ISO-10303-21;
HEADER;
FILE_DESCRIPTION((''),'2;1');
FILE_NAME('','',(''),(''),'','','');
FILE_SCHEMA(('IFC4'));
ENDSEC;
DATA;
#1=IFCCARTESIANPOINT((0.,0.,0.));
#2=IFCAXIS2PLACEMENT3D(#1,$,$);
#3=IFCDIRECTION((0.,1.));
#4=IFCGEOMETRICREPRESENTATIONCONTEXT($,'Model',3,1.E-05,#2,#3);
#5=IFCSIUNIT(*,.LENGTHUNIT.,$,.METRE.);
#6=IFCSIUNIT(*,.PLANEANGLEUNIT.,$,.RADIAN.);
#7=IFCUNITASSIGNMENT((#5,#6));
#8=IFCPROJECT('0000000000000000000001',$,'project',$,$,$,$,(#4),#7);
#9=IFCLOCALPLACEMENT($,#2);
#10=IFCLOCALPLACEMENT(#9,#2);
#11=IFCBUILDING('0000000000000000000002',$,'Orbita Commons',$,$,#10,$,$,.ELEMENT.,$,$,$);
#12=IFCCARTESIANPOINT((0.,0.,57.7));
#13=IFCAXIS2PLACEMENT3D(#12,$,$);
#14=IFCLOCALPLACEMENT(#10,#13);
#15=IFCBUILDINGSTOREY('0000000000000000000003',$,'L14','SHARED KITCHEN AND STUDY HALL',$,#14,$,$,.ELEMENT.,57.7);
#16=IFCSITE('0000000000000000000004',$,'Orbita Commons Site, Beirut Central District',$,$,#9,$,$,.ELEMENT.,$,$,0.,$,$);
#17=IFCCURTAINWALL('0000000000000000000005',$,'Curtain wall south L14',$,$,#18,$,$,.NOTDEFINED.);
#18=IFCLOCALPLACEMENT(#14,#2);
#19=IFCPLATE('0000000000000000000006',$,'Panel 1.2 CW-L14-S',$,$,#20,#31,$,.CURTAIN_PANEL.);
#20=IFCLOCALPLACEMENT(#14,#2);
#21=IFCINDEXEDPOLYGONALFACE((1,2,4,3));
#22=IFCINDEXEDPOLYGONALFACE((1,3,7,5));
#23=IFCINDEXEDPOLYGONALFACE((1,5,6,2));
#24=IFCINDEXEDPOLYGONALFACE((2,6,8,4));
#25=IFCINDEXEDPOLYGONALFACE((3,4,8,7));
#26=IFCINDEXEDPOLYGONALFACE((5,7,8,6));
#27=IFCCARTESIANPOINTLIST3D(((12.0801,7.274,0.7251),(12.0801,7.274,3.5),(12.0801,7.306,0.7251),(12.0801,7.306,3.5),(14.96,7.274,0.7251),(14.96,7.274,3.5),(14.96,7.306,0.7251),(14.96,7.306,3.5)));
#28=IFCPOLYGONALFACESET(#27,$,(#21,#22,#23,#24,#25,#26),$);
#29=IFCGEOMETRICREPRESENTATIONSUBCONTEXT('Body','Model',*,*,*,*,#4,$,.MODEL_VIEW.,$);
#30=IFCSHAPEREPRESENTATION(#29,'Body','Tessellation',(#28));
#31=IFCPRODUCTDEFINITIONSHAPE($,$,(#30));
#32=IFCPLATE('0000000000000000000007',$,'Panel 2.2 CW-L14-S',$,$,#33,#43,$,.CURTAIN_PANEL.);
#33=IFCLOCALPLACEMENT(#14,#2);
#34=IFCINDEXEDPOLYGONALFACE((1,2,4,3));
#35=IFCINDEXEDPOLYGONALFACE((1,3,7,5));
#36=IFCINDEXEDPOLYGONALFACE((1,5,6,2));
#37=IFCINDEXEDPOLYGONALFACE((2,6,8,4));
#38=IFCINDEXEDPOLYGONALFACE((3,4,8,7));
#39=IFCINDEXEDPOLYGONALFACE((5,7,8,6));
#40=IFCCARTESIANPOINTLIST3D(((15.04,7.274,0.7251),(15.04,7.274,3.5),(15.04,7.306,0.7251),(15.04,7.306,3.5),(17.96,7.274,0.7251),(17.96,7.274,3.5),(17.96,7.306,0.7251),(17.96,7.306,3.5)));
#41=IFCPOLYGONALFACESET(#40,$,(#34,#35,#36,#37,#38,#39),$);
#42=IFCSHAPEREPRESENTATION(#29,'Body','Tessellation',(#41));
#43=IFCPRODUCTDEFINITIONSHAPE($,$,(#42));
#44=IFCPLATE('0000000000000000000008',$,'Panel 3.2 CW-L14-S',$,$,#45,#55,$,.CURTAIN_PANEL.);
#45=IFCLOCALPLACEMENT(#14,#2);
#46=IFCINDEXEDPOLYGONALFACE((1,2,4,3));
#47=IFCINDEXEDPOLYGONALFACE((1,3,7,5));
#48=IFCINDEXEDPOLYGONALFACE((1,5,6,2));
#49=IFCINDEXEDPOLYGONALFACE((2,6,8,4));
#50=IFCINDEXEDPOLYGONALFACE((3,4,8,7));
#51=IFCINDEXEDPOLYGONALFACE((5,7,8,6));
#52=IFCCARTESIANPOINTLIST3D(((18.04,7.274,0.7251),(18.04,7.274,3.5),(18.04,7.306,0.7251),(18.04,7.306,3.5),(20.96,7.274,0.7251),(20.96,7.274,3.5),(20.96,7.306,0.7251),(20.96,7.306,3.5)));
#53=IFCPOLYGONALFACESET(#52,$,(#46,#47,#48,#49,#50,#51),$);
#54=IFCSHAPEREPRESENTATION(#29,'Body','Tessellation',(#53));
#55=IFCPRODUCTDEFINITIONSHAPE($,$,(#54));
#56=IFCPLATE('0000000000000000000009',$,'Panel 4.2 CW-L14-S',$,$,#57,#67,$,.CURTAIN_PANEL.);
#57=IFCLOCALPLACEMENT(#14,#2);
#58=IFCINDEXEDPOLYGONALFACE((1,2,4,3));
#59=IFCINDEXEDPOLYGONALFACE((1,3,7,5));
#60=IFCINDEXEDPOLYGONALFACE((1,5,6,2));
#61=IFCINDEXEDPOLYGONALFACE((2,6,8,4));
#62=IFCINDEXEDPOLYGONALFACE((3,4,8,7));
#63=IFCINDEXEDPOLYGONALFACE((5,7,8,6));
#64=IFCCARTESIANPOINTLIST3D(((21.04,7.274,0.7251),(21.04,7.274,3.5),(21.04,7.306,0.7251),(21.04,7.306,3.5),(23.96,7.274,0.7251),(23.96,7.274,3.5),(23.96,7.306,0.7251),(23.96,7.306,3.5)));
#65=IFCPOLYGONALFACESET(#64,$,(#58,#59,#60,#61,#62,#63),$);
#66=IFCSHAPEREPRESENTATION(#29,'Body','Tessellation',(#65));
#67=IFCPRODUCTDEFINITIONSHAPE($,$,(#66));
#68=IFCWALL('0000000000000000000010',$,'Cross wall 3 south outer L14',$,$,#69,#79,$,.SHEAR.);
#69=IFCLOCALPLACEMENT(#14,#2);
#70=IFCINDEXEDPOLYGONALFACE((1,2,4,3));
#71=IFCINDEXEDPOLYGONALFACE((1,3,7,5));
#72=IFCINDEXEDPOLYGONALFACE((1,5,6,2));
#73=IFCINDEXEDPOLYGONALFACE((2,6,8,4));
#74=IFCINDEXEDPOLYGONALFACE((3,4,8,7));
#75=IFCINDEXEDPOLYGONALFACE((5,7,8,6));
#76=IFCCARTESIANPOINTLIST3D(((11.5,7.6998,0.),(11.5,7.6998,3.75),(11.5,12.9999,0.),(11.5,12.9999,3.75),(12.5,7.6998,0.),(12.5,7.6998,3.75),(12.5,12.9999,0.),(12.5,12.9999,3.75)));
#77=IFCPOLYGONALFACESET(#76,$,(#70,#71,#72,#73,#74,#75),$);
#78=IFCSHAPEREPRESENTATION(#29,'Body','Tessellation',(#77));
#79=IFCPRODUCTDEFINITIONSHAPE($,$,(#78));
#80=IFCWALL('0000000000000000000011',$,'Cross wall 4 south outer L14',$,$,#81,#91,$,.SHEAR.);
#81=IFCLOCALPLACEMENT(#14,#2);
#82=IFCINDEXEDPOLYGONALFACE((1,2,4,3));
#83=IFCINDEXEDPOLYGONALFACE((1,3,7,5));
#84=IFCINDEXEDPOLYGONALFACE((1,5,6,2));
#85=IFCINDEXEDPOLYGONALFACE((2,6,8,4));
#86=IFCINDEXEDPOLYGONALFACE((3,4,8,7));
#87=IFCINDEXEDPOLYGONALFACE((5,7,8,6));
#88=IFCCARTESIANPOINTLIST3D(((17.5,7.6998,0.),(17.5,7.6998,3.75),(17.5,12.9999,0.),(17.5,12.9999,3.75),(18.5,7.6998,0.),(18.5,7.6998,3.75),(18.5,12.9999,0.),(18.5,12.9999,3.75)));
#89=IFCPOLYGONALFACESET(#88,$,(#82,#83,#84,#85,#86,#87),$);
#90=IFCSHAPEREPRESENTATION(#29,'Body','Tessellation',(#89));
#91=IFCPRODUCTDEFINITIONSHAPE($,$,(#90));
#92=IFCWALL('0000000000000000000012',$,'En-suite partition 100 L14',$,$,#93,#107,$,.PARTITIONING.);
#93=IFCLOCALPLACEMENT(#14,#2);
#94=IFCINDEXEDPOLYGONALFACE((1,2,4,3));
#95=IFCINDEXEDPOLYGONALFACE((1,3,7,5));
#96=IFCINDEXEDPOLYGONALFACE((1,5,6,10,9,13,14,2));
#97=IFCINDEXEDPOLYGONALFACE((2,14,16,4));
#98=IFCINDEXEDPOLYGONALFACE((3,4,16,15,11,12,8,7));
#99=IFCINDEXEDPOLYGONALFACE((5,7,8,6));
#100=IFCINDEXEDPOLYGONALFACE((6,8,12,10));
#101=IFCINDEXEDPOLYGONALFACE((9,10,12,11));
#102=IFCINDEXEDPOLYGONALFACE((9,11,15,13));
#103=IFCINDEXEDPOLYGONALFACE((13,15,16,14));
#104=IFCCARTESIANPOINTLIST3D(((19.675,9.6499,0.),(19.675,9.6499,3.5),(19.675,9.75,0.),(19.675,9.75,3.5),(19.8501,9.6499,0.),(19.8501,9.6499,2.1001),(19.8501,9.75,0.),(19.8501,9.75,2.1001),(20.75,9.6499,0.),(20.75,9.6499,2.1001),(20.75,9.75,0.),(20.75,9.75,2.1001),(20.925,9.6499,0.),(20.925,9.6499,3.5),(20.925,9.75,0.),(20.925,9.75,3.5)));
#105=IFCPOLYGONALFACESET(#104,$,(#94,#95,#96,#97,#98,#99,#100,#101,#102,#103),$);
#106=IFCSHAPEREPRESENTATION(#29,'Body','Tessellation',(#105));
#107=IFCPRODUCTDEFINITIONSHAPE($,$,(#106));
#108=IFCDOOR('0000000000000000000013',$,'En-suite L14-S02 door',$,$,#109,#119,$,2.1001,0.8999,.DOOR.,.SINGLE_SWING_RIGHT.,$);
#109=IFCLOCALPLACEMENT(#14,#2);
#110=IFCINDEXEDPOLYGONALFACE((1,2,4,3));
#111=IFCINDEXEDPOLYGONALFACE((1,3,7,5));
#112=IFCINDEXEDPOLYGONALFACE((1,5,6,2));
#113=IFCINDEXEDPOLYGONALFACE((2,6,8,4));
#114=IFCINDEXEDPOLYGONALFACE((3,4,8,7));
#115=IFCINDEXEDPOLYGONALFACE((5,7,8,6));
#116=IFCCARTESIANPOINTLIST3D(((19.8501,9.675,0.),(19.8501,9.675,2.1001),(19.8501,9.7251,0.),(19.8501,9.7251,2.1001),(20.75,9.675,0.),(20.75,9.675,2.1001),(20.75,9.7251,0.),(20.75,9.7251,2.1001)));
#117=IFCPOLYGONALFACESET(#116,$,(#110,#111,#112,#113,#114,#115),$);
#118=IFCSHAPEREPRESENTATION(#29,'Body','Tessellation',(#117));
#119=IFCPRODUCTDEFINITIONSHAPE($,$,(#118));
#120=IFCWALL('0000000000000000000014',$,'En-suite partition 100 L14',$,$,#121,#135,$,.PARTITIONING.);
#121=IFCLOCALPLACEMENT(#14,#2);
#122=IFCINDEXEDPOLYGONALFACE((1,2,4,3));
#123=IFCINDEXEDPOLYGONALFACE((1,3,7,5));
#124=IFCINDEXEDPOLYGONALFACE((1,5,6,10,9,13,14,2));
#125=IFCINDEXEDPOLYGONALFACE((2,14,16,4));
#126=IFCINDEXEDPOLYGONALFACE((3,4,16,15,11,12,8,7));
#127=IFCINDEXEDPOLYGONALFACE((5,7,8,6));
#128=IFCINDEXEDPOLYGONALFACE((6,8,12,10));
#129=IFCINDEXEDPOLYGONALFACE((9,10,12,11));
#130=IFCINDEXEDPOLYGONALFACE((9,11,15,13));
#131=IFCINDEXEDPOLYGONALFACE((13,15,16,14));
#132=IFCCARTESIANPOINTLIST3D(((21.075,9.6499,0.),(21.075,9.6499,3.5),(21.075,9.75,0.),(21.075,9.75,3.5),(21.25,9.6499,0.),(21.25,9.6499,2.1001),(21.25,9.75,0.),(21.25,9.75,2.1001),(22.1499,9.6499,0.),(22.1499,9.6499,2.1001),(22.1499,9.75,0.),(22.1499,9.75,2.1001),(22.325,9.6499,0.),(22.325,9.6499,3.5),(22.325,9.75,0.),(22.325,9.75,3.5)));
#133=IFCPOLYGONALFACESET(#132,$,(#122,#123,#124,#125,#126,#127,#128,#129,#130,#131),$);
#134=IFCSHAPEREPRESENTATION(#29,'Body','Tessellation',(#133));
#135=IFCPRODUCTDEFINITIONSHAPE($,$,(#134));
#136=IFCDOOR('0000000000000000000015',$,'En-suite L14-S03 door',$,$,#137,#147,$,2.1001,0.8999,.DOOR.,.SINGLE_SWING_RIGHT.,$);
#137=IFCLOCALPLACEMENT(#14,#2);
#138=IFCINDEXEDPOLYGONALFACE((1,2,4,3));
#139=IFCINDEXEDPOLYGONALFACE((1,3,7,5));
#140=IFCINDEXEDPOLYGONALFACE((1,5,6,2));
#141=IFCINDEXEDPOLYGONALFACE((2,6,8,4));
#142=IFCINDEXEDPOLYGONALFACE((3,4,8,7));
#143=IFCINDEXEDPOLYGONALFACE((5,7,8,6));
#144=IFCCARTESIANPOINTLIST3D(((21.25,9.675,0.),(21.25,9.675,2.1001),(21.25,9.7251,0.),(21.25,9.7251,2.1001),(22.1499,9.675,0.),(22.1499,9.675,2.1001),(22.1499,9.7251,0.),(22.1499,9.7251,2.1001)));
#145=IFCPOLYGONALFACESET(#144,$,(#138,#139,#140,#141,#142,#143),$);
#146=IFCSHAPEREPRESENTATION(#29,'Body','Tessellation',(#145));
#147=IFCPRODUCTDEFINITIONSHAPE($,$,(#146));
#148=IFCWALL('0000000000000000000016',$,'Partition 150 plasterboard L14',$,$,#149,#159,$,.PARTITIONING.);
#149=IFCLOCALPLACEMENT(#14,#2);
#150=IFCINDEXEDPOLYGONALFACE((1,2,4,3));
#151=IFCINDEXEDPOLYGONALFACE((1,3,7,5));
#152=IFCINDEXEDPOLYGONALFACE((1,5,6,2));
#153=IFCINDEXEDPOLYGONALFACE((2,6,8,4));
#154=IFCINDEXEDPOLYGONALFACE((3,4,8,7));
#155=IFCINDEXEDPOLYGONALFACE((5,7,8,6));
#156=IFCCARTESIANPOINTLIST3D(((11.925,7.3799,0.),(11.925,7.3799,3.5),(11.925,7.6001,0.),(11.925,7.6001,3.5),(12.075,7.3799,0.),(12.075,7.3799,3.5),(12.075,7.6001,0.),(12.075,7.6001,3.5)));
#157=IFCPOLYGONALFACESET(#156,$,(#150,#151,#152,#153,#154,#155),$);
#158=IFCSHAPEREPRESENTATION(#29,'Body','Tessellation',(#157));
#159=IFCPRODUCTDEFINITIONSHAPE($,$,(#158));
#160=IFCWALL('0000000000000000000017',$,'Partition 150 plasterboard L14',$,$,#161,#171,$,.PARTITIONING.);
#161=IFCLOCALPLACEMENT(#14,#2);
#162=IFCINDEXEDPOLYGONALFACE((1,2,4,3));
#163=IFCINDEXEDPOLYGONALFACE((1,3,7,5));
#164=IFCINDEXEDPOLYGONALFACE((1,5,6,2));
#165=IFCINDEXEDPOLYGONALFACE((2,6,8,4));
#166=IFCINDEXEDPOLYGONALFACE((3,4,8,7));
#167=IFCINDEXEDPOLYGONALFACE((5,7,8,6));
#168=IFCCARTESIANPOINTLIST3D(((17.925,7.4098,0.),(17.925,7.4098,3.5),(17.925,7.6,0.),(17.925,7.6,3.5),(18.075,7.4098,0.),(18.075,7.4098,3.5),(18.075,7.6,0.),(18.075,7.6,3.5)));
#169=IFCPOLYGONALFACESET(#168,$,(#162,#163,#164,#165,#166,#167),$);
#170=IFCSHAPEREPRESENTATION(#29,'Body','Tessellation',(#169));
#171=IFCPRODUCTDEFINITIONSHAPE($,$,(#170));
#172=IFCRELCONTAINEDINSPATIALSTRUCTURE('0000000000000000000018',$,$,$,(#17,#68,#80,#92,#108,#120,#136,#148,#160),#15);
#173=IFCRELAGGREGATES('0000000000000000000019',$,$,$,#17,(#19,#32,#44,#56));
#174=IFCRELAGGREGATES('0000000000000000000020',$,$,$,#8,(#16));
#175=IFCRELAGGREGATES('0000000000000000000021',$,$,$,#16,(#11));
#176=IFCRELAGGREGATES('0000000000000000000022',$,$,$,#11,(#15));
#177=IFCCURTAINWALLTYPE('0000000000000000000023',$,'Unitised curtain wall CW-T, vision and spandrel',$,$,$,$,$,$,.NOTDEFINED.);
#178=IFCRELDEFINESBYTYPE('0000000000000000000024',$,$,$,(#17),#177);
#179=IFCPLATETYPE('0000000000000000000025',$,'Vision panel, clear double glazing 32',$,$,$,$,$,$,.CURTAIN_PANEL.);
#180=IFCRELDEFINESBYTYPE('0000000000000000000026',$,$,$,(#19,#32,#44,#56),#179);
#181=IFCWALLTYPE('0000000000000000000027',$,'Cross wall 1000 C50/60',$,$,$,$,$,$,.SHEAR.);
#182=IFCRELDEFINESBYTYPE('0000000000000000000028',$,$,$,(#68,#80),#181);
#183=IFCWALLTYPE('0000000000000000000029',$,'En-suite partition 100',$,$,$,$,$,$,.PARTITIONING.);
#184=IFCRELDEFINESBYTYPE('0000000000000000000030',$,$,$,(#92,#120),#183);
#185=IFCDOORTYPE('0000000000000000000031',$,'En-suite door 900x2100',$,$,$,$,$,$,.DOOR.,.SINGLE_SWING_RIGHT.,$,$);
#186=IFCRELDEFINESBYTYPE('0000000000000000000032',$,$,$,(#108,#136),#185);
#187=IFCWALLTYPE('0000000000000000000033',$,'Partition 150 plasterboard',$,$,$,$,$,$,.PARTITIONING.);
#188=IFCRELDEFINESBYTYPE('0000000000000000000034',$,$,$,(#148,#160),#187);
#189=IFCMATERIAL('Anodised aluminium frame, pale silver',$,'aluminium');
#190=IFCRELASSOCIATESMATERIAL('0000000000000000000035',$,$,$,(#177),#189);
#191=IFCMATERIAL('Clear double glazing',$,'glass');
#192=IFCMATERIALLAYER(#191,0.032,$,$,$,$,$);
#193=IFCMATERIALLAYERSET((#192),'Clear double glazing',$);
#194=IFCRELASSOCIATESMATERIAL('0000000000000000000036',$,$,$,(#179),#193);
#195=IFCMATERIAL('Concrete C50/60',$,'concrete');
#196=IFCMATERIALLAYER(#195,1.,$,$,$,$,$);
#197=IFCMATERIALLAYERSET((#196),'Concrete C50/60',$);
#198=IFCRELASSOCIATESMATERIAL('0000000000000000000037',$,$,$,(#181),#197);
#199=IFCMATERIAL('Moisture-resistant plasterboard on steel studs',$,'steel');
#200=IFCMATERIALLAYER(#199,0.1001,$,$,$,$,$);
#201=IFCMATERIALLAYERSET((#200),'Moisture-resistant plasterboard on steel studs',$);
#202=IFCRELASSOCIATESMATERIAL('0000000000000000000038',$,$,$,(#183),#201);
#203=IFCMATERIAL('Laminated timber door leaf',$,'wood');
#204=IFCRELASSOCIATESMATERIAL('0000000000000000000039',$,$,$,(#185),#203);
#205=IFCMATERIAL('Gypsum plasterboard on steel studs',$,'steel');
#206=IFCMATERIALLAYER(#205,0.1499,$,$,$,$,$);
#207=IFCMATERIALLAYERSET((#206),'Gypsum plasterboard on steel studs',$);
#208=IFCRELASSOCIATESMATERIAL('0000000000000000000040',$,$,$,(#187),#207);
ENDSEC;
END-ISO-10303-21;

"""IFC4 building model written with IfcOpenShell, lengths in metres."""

from ifc_helpers import new_model, si_unit, direction, frame, frame_2d, origin, origin_2d, place, context, subcontext, project, spatial, rectangle, extrude, material, layer, layer_set, type_object, element, fill, aggregate, save


model = new_model("IFC4")

# Units and contexts
model_context = context("Model", 3, precision=1e-05, world=origin(), true_north=direction((0.0, 1.0)))
body_context = subcontext(model_context, "Body", "Model", "MODEL_VIEW")
ifc_project = project(units=[si_unit("LENGTHUNIT", "METRE"), si_unit("PLANEANGLEUNIT", "RADIAN")], contexts=[model_context])

# Site, building, storey
site_placement = place(None, origin())
site = spatial("IfcSite", under=ifc_project, at=site_placement, Name="Orbita Commons Site, Beirut Central District", CompositionType="ELEMENT", RefElevation=0.0)
building_placement = place(site_placement, origin())
building = spatial("IfcBuilding", under=site, at=building_placement, Name="Orbita Commons", CompositionType="ELEMENT")
storey_placement = place(building_placement, frame((0.0, 0.0, 57.7)))
storey = spatial("IfcBuildingStorey", under=building, at=storey_placement, Name="L14", Description="SHARED KITCHEN AND STUDY HALL", CompositionType="ELEMENT", Elevation=57.7)

# Curtain wall
ifc_material_1 = material(Name="Anodised aluminium frame, pale silver", Category="aluminium")
curtain_wall_type = type_object("IfcCurtainWallType", Name="Unitised curtain wall CW-T, vision and spandrel", PredefinedType="NOTDEFINED", material=ifc_material_1)
curtain_wall_placement = place(storey_placement, origin())
curtain_wall = element("IfcCurtainWall", 1, at=curtain_wall_placement, inside=storey, type_object=curtain_wall_type, Name="Curtain wall south L14", PredefinedType="NOTDEFINED")

# Plates
ifc_material_2 = material(Name="Clear double glazing", Category="glass")
ifc_layer_1 = layer(ifc_material_2, 0.032)
ifc_layer_set_1 = layer_set([ifc_layer_1], Name="Clear double glazing")
plate_type_1 = type_object("IfcPlateType", Name="Vision panel, clear double glazing 32", PredefinedType="CURTAIN_PANEL", material=ifc_layer_set_1)
plate_1_placement = place(storey_placement, frame((13.52, 7.29, 0.7251), z_axis=(0.0, 0.0, 1.0), x_axis=(1.0, 0.0, 0.0)))
plate_1 = element("IfcPlate", 2, at=plate_1_placement, type_object=plate_type_1, Name="Panel 1.2 CW-L14-S", PredefinedType="CURTAIN_PANEL", context=body_context, shape_type="SweptSolid", body=[
    extrude(rectangle(XDim=2.8799, YDim=0.032, at=origin_2d()), origin(), (0.0, 0.0, 1.0), 2.7749),
])
plate_2_placement = place(storey_placement, frame((16.5, 7.29, 0.7251), z_axis=(0.0, 0.0, 1.0), x_axis=(1.0, 0.0, 0.0)))
plate_2 = element("IfcPlate", 3, at=plate_2_placement, type_object=plate_type_1, Name="Panel 2.2 CW-L14-S", PredefinedType="CURTAIN_PANEL", context=body_context, shape_type="SweptSolid", body=[
    extrude(rectangle(XDim=2.9199, YDim=0.032, at=origin_2d()), origin(), (0.0, 0.0, 1.0), 2.7749),
])
plate_3_placement = place(storey_placement, frame((19.5, 7.29, 0.7251), z_axis=(0.0, 0.0, 1.0), x_axis=(1.0, 0.0, 0.0)))
plate_3 = element("IfcPlate", 4, at=plate_3_placement, type_object=plate_type_1, Name="Panel 3.2 CW-L14-S", PredefinedType="CURTAIN_PANEL", context=body_context, shape_type="SweptSolid", body=[
    extrude(rectangle(XDim=2.9199, YDim=0.032, at=origin_2d()), origin(), (0.0, 0.0, 1.0), 2.7749),
])
plate_4_placement = place(storey_placement, frame((22.5, 7.29, 0.7251), z_axis=(0.0, 0.0, 1.0), x_axis=(1.0, 0.0, 0.0)))
plate_4 = element("IfcPlate", 5, at=plate_4_placement, type_object=plate_type_1, Name="Panel 4.2 CW-L14-S", PredefinedType="CURTAIN_PANEL", context=body_context, shape_type="SweptSolid", body=[
    extrude(rectangle(XDim=2.9199, YDim=0.032, at=origin_2d()), origin(), (0.0, 0.0, 1.0), 2.7749),
])
aggregate(curtain_wall, [plate_1, plate_2, plate_3, plate_4])

# Walls
ifc_material_3 = material(Name="Concrete C50/60", Category="concrete")
ifc_layer_2 = layer(ifc_material_3, 1.0)
ifc_layer_set_2 = layer_set([ifc_layer_2], Name="Concrete C50/60")
wall_type_1 = type_object("IfcWallType", Name="Cross wall 1000 C50/60", PredefinedType="SHEAR", material=ifc_layer_set_2)
for number, where, z_axis, x_axis, name in (
    (6, (12.0, 7.7, 0.0), (0.0, 0.0, 1.0), (0.0, 1.0, 0.0), "Cross wall 3 south outer L14"),
    (7, (18.0, 7.7, 0.0), (0.0, 0.0, 1.0), (0.0, 1.0, 0.0), "Cross wall 4 south outer L14"),
):
    element("IfcWall", number, at=place(storey_placement, frame(where, z_axis=z_axis, x_axis=x_axis)), inside=storey, type_object=wall_type_1, Name=name, PredefinedType="SHEAR", context=body_context, shape_type="SweptSolid", body=[
        extrude(rectangle(XDim=5.3, YDim=1.0, at=frame_2d((2.6499, 0.0))), origin(), (0.0, 0.0, 1.0), 3.75),
    ])

# Walls, openings, doors
ifc_material_4 = material(Name="Moisture-resistant plasterboard on steel studs", Category="steel")
ifc_layer_3 = layer(ifc_material_4, 0.1001)
ifc_layer_set_3 = layer_set([ifc_layer_3], Name="Moisture-resistant plasterboard on steel studs")
wall_type_2 = type_object("IfcWallType", Name="En-suite partition 100", PredefinedType="PARTITIONING", material=ifc_layer_set_3)
wall_1_placement = place(storey_placement, frame((20.925, 9.7, 0.0), z_axis=(0.0, 0.0, 1.0), x_axis=(-1.0, 0.0, 0.0)))
wall_1 = element("IfcWall", 8, at=wall_1_placement, inside=storey, type_object=wall_type_2, Name="En-suite partition 100 L14", PredefinedType="PARTITIONING", context=body_context, shape_type="SweptSolid", body=[
    extrude(rectangle(XDim=1.25, YDim=0.1001, at=frame_2d((0.625, 0.0))), origin(), (0.0, 0.0, 1.0), 3.5),
])
opening_1_placement = place(wall_1_placement, frame((0.175, 0.0, 0.0)))
opening_1 = element("IfcOpeningElement", 9, at=opening_1_placement, cuts=wall_1, PredefinedType="OPENING", context=body_context, shape_type="SweptSolid", body=[
    extrude(rectangle(XDim=0.8999, YDim=2.1001, at=frame_2d((0.45, 1.05))), frame((0.0, 0.0601, 0.0), z_axis=(0.0, -1.0, 0.0), x_axis=(1.0, 0.0, 0.0)), (0.0, 0.0, 1.0), 0.1201),
])
ifc_material_5 = material(Name="Laminated timber door leaf", Category="wood")
door_type = type_object("IfcDoorType", Name="En-suite door 900x2100", OperationType="SINGLE_SWING_RIGHT", PredefinedType="DOOR", material=ifc_material_5)
door_1_placement = place(opening_1_placement, origin())
door_1 = element("IfcDoor", 10, at=door_1_placement, inside=storey, type_object=door_type, Name="En-suite L14-S02 door", OperationType="SINGLE_SWING_RIGHT", OverallHeight=2.1001, OverallWidth=0.8999, PredefinedType="DOOR", context=body_context, shape_type="SweptSolid", body=[
    extrude(rectangle(XDim=0.8999, YDim=2.1001, at=frame_2d((0.45, 1.05))), frame((0.0, 0.0249, 0.0), z_axis=(0.0, -1.0, 0.0), x_axis=(1.0, 0.0, 0.0)), (0.0, 0.0, 1.0), 0.05),
])
fill(opening_1, door_1)
wall_2_placement = place(storey_placement, frame((22.325, 9.7, 0.0), z_axis=(0.0, 0.0, 1.0), x_axis=(-1.0, 0.0, 0.0)))
wall_2 = element("IfcWall", 11, at=wall_2_placement, inside=storey, type_object=wall_type_2, Name="En-suite partition 100 L14", PredefinedType="PARTITIONING", context=body_context, shape_type="SweptSolid", body=[
    extrude(rectangle(XDim=1.25, YDim=0.1001, at=frame_2d((0.625, 0.0))), origin(), (0.0, 0.0, 1.0), 3.5),
])
opening_2_placement = place(wall_2_placement, frame((0.175, 0.0, 0.0)))
opening_2 = element("IfcOpeningElement", 12, at=opening_2_placement, cuts=wall_2, PredefinedType="OPENING", context=body_context, shape_type="SweptSolid", body=[
    extrude(rectangle(XDim=0.8999, YDim=2.1001, at=frame_2d((0.45, 1.05))), frame((0.0, 0.0601, 0.0), z_axis=(0.0, -1.0, 0.0), x_axis=(1.0, 0.0, 0.0)), (0.0, 0.0, 1.0), 0.1201),
])
door_2_placement = place(opening_2_placement, origin())
door_2 = element("IfcDoor", 13, at=door_2_placement, inside=storey, type_object=door_type, Name="En-suite L14-S03 door", OperationType="SINGLE_SWING_RIGHT", OverallHeight=2.1001, OverallWidth=0.8999, PredefinedType="DOOR", context=body_context, shape_type="SweptSolid", body=[
    extrude(rectangle(XDim=0.8999, YDim=2.1001, at=frame_2d((0.45, 1.05))), frame((0.0, 0.0249, 0.0), z_axis=(0.0, -1.0, 0.0), x_axis=(1.0, 0.0, 0.0)), (0.0, 0.0, 1.0), 0.05),
])
fill(opening_2, door_2)

# Walls
ifc_material_6 = material(Name="Gypsum plasterboard on steel studs", Category="steel")
ifc_layer_4 = layer(ifc_material_6, 0.1499)
ifc_layer_set_4 = layer_set([ifc_layer_4], Name="Gypsum plasterboard on steel studs")
wall_type_3 = type_object("IfcWallType", Name="Partition 150 plasterboard", PredefinedType="PARTITIONING", material=ifc_layer_set_4)
wall_3_placement = place(storey_placement, frame((12.0, 7.6001, 0.0), z_axis=(0.0, 0.0, 1.0), x_axis=(0.0, -1.0, 0.0)))
element("IfcWall", 14, at=wall_3_placement, inside=storey, type_object=wall_type_3, Name="Partition 150 plasterboard L14", PredefinedType="PARTITIONING", context=body_context, shape_type="SweptSolid", body=[
    extrude(rectangle(XDim=0.2202, YDim=0.1499, at=frame_2d((0.1101, 0.0))), origin(), (0.0, 0.0, 1.0), 3.5),
])
wall_4_placement = place(storey_placement, frame((18.0, 7.6001, 0.0), z_axis=(0.0, 0.0, 1.0), x_axis=(0.0, -1.0, 0.0)))
element("IfcWall", 15, at=wall_4_placement, inside=storey, type_object=wall_type_3, Name="Partition 150 plasterboard L14", PredefinedType="PARTITIONING", context=body_context, shape_type="SweptSolid", body=[
    extrude(rectangle(XDim=0.1902, YDim=0.1499, at=frame_2d((0.0952, 0.0))), origin(), (0.0, 0.0, 1.0), 3.5),
])

save(model, "model.ifc")
